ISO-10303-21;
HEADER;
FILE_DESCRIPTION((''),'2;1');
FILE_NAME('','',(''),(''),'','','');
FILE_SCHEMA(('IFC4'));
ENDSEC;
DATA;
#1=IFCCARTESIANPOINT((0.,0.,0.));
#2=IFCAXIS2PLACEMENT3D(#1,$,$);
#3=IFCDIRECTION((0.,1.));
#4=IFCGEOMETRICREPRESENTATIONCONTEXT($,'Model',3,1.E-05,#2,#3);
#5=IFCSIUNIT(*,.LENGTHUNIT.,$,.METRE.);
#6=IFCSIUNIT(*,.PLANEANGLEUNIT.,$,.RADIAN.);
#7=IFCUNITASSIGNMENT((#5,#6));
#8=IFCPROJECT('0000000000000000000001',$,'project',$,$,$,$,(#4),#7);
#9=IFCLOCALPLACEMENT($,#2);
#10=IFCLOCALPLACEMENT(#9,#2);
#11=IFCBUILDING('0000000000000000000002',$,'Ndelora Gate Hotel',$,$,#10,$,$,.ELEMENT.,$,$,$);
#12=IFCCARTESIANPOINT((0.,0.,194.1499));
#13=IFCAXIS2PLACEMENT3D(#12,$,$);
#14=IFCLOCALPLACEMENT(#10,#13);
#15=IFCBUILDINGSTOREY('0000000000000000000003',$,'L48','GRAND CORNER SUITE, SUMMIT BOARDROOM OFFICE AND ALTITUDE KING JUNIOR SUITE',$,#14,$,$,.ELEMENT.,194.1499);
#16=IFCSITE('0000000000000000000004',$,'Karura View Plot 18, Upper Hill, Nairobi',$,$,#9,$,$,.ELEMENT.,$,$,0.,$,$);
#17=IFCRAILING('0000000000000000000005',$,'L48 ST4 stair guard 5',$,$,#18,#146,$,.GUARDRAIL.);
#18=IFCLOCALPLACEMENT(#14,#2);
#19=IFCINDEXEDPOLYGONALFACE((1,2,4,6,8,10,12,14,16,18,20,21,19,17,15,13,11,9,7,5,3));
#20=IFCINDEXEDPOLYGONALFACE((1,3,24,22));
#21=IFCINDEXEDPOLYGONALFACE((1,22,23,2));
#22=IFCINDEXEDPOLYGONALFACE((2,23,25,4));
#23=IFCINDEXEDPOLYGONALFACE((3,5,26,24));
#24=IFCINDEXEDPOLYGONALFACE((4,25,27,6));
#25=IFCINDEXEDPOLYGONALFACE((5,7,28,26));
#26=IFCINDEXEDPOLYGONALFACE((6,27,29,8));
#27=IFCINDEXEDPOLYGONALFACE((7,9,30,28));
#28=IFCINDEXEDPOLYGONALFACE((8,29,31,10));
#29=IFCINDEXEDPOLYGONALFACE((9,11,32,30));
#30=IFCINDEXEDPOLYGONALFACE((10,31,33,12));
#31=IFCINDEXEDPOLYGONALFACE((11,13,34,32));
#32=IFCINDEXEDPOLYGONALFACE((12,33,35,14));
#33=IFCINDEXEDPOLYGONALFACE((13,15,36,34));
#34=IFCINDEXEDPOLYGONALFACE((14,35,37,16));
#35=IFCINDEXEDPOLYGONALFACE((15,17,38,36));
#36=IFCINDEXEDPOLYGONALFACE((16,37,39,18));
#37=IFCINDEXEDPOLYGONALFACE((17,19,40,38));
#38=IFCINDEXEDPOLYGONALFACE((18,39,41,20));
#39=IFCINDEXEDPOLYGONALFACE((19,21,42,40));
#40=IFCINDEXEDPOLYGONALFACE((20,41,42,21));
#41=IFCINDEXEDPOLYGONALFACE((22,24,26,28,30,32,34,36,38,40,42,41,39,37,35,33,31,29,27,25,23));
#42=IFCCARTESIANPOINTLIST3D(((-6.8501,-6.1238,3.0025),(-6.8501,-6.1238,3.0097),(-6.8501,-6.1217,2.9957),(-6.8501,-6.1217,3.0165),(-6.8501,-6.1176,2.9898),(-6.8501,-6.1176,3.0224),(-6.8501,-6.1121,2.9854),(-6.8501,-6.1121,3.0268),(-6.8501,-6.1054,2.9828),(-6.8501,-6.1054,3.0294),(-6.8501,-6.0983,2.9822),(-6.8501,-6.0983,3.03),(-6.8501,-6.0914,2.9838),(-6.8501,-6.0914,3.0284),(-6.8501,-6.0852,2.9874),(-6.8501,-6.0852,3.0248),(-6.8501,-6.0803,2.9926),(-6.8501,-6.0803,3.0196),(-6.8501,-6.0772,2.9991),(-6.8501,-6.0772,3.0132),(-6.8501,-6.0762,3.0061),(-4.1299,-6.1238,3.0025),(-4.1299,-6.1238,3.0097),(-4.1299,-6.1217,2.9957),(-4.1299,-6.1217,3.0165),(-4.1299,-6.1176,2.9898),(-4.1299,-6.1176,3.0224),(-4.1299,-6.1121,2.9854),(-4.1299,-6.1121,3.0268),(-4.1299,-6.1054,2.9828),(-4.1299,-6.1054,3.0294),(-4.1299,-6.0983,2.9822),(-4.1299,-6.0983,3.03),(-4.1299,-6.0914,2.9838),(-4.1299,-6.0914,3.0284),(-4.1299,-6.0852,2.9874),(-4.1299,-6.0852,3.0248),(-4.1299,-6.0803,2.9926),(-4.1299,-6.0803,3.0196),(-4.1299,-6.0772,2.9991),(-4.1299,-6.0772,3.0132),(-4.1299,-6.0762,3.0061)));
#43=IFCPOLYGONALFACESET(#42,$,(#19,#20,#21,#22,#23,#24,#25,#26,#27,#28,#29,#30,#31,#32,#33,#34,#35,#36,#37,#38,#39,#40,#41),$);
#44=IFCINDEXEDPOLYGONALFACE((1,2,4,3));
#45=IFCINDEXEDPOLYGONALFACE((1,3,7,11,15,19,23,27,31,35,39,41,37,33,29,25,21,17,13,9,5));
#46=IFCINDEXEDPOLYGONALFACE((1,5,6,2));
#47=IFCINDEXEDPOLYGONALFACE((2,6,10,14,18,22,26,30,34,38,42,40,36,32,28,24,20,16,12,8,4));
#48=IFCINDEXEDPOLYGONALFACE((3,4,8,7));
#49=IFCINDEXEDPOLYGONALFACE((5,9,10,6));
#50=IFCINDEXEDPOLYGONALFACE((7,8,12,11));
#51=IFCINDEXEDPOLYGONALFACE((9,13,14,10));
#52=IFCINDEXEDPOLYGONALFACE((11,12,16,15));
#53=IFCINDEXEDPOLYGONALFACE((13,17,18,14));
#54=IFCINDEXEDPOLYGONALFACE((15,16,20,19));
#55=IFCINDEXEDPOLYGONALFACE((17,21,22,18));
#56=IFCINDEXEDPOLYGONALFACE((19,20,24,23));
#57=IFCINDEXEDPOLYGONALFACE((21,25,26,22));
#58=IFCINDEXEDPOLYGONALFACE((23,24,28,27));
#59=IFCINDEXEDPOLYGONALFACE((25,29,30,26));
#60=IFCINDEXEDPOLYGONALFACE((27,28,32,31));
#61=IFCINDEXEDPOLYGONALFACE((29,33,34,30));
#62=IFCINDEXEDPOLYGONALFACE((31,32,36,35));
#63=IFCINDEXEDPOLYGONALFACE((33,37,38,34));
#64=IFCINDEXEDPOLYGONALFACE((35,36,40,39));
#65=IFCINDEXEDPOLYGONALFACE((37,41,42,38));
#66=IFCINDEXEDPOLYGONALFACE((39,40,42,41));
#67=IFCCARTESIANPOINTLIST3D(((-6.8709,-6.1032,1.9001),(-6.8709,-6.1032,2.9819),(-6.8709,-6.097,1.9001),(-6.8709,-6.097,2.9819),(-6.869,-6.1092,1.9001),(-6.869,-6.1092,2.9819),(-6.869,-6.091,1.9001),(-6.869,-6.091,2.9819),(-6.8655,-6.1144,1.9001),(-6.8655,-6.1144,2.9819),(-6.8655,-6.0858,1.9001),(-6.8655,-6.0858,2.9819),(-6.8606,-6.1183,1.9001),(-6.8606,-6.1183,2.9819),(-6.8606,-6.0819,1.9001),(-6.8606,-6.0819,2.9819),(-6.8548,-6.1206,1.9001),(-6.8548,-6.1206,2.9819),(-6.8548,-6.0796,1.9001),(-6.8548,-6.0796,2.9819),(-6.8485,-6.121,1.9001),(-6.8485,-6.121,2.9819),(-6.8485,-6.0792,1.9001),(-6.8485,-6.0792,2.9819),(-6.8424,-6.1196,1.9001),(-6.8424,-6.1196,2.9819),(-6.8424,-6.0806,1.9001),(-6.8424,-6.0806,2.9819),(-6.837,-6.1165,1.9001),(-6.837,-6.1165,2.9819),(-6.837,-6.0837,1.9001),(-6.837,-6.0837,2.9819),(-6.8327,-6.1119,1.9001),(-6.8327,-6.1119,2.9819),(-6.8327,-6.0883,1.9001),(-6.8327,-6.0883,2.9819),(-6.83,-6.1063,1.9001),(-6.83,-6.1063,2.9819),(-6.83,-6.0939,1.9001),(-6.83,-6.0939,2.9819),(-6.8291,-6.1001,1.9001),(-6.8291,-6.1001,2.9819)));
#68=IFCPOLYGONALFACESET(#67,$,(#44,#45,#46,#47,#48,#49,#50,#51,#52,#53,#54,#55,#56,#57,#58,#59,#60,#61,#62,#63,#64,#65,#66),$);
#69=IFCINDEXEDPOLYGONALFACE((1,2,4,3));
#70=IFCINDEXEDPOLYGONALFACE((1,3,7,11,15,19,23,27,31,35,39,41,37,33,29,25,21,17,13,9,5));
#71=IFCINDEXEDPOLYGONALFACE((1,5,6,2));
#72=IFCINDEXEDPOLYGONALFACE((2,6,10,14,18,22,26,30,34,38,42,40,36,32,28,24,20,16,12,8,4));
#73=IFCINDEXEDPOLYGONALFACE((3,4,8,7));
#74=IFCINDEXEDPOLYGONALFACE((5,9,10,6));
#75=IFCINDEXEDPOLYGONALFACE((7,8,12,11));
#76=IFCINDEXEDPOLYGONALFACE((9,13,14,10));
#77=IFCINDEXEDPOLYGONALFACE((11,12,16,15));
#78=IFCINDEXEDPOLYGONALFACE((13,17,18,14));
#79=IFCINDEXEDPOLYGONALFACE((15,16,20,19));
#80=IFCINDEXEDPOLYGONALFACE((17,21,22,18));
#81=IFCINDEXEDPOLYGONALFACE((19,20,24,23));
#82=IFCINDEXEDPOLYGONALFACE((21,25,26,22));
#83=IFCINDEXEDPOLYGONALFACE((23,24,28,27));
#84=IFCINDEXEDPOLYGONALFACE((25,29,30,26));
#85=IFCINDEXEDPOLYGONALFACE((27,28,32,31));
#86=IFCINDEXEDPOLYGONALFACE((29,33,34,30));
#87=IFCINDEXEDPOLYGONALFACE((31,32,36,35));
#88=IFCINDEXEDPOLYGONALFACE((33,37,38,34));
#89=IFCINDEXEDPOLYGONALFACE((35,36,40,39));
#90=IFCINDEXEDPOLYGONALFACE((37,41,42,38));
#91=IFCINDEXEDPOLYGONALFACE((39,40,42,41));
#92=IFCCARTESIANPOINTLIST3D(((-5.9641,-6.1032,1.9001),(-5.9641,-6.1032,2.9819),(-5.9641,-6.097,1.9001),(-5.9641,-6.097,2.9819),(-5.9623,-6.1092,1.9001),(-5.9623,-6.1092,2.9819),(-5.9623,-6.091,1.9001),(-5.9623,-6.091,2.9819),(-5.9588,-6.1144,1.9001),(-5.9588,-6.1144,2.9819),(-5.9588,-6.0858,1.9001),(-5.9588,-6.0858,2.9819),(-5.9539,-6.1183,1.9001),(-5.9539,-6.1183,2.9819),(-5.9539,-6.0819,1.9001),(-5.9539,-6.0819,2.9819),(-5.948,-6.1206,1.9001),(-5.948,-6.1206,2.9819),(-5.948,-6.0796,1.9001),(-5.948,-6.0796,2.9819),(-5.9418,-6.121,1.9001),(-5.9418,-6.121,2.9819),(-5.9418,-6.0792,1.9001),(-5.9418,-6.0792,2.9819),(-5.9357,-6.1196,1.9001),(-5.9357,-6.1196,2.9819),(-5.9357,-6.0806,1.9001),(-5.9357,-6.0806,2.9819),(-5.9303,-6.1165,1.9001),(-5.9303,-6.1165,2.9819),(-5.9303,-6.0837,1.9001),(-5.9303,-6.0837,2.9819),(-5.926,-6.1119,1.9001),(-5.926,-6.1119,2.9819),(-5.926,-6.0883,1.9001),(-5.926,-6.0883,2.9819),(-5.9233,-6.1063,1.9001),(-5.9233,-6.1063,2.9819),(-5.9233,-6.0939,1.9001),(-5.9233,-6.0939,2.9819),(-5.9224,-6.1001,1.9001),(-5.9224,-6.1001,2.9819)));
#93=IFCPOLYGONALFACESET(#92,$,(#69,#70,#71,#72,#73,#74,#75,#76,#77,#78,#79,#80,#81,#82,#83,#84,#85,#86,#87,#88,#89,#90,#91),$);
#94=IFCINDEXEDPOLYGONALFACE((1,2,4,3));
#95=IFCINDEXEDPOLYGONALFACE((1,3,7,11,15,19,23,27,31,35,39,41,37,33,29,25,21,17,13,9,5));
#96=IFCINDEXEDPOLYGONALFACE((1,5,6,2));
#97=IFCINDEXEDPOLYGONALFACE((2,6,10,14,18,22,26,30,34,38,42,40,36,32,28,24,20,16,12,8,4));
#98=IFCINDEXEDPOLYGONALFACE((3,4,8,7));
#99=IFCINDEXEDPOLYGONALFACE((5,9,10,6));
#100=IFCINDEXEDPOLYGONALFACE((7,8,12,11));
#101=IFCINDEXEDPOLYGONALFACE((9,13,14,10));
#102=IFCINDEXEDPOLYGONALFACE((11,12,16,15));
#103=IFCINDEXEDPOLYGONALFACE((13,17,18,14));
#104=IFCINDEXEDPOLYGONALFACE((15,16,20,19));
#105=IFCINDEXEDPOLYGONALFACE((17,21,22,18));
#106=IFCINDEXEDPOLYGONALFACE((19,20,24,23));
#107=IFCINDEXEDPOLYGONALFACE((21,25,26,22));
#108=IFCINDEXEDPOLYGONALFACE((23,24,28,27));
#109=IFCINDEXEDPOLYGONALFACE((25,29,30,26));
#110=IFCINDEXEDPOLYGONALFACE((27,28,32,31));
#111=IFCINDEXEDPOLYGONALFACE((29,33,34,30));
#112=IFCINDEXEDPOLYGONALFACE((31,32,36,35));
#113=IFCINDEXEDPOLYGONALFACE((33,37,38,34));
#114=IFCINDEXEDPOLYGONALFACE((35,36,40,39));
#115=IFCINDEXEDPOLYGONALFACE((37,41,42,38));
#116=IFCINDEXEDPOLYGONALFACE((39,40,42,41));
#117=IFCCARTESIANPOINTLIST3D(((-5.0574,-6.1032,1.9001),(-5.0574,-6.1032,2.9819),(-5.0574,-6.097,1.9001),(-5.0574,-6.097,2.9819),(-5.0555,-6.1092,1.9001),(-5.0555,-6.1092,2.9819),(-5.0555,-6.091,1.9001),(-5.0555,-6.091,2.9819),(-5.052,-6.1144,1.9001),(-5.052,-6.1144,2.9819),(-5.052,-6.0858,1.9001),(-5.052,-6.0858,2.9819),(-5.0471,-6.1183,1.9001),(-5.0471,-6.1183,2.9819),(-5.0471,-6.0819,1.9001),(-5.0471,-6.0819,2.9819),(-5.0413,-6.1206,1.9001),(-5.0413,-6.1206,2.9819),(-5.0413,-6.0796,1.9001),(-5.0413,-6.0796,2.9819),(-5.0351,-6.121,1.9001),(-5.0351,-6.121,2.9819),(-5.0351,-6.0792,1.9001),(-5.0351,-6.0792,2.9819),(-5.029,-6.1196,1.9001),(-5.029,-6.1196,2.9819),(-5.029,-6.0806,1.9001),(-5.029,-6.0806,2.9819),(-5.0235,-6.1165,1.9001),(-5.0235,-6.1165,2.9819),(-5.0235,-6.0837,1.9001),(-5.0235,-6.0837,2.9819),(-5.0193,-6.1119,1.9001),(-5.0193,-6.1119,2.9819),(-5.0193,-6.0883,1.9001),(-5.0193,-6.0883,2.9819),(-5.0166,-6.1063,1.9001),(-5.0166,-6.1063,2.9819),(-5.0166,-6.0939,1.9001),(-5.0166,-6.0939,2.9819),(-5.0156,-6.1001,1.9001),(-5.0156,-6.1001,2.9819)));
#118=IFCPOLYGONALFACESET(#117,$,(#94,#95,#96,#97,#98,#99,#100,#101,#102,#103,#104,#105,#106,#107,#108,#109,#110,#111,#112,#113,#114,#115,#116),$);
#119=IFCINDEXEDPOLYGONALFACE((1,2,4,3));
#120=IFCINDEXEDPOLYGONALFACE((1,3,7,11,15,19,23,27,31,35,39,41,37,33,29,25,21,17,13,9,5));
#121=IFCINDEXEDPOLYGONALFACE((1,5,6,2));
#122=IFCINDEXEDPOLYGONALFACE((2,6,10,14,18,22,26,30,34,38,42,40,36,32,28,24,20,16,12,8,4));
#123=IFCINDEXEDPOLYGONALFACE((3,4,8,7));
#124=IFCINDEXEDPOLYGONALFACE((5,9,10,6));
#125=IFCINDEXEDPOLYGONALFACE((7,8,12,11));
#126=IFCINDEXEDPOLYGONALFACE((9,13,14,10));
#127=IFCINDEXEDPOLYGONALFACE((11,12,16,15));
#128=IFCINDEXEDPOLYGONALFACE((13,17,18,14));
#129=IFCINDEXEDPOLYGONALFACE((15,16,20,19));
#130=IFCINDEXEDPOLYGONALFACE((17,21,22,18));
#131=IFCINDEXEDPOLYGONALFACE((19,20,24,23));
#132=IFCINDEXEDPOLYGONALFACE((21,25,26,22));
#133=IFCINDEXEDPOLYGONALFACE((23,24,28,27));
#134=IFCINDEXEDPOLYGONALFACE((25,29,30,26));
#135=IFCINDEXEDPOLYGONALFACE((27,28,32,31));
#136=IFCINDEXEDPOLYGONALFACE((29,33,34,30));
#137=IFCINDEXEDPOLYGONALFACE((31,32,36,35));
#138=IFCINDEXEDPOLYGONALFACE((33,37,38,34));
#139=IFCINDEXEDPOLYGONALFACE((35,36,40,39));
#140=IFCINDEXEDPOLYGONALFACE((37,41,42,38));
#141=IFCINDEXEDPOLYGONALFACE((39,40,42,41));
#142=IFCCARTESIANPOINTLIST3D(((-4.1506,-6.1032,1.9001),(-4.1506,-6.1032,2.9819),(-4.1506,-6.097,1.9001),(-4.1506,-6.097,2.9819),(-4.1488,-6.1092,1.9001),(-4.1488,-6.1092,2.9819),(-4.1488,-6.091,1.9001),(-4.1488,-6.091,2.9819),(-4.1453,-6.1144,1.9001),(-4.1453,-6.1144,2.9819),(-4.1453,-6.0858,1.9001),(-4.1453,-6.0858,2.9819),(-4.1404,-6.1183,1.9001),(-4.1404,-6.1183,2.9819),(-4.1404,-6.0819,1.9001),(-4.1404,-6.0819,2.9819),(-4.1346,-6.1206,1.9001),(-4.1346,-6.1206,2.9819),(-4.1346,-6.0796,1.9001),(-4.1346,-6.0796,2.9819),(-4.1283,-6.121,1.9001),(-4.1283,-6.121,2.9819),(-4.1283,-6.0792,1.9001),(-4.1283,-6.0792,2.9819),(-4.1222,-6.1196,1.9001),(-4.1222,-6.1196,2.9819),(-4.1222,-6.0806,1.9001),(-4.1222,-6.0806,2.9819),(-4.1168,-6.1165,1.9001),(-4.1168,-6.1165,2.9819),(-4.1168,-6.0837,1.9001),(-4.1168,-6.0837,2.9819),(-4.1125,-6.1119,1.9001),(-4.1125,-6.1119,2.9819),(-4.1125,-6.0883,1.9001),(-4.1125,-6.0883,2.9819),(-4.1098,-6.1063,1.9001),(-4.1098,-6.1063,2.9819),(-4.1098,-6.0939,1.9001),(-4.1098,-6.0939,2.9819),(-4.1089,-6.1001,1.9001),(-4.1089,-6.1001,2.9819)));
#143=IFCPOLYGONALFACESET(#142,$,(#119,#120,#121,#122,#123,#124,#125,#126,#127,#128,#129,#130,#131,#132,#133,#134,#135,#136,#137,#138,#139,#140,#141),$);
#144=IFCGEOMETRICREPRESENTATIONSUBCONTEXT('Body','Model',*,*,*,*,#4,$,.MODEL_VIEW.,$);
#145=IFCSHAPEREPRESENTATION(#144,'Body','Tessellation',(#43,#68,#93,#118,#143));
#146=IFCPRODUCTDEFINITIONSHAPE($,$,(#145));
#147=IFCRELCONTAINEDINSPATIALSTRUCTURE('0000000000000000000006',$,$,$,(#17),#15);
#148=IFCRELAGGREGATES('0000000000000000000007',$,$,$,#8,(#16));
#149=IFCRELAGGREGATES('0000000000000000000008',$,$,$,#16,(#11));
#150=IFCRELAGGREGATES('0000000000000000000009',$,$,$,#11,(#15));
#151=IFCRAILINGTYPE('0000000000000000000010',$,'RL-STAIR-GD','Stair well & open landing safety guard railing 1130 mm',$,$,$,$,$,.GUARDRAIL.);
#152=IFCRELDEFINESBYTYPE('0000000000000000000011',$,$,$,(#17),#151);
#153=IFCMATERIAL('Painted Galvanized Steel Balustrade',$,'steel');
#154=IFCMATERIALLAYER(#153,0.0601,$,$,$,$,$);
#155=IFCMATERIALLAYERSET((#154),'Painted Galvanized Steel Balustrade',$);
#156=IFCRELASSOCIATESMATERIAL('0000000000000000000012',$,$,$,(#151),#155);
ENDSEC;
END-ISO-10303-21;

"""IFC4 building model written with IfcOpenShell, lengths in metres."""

from ifc_helpers import new_model, si_unit, direction, frame, origin, origin_2d, place, context, subcontext, project, spatial, circle, extrude, material, layer, layer_set, type_object, element, save


model = new_model("IFC4")

# Units and contexts
model_context = context("Model", 3, precision=1e-05, world=origin(), true_north=direction((0.0, 1.0)))
body_context = subcontext(model_context, "Body", "Model", "MODEL_VIEW")
ifc_project = project(units=[si_unit("LENGTHUNIT", "METRE"), si_unit("PLANEANGLEUNIT", "RADIAN")], contexts=[model_context])

# Site, building, storey
site_placement = place(None, origin())
site = spatial("IfcSite", under=ifc_project, at=site_placement, Name="Karura View Plot 18, Upper Hill, Nairobi", CompositionType="ELEMENT", RefElevation=0.0)
building_placement = place(site_placement, origin())
building = spatial("IfcBuilding", under=site, at=building_placement, Name="Ndelora Gate Hotel", CompositionType="ELEMENT")
storey_placement = place(building_placement, frame((0.0, 0.0, 194.1499)))
storey = spatial("IfcBuildingStorey", under=building, at=storey_placement, Name="L48", Description="GRAND CORNER SUITE, SUMMIT BOARDROOM OFFICE AND ALTITUDE KING JUNIOR SUITE", CompositionType="ELEMENT", Elevation=194.1499)

# Railing
ifc_material_1 = material(Name="Painted Galvanized Steel Balustrade", Category="steel")
ifc_layer_1 = layer(ifc_material_1, 0.0601)
ifc_layer_set_1 = layer_set([ifc_layer_1], Name="Painted Galvanized Steel Balustrade")
railing_type_1 = type_object("IfcRailingType", Name="RL-STAIR-GD", Description="Stair well & open landing safety guard railing 1130 mm", PredefinedType="GUARDRAIL", material=ifc_layer_set_1)
railing_1_placement = place(storey_placement, frame((-6.8501, -6.1001, 1.9001)))
element("IfcRailing", 1, at=railing_1_placement, inside=storey, type_object=railing_type_1, Name="L48 ST4 stair guard 5", PredefinedType="GUARDRAIL", context=body_context, shape_type="SweptSolid", body=[
    extrude(circle(Radius=0.0239, at=origin_2d()), frame((0.0, 0.0, 1.106), z_axis=(1.0, 0.0, 0.0), x_axis=(0.0, 1.0, 0.0)), (0.0, 0.0, 1.0), 2.7202),
    extrude(circle(Radius=0.021, at=origin_2d()), origin(), (0.0, 0.0, 1.0), 1.0818),
    extrude(circle(Radius=0.021, at=origin_2d()), frame((0.9067, 0.0, 0.0)), (0.0, 0.0, 1.0), 1.0818),
    extrude(circle(Radius=0.021, at=origin_2d()), frame((1.8135, 0.0, 0.0)), (0.0, 0.0, 1.0), 1.0818),
    extrude(circle(Radius=0.021, at=origin_2d()), frame((2.7202, 0.0, 0.0)), (0.0, 0.0, 1.0), 1.0818),
])

save(model, "model.ifc")
